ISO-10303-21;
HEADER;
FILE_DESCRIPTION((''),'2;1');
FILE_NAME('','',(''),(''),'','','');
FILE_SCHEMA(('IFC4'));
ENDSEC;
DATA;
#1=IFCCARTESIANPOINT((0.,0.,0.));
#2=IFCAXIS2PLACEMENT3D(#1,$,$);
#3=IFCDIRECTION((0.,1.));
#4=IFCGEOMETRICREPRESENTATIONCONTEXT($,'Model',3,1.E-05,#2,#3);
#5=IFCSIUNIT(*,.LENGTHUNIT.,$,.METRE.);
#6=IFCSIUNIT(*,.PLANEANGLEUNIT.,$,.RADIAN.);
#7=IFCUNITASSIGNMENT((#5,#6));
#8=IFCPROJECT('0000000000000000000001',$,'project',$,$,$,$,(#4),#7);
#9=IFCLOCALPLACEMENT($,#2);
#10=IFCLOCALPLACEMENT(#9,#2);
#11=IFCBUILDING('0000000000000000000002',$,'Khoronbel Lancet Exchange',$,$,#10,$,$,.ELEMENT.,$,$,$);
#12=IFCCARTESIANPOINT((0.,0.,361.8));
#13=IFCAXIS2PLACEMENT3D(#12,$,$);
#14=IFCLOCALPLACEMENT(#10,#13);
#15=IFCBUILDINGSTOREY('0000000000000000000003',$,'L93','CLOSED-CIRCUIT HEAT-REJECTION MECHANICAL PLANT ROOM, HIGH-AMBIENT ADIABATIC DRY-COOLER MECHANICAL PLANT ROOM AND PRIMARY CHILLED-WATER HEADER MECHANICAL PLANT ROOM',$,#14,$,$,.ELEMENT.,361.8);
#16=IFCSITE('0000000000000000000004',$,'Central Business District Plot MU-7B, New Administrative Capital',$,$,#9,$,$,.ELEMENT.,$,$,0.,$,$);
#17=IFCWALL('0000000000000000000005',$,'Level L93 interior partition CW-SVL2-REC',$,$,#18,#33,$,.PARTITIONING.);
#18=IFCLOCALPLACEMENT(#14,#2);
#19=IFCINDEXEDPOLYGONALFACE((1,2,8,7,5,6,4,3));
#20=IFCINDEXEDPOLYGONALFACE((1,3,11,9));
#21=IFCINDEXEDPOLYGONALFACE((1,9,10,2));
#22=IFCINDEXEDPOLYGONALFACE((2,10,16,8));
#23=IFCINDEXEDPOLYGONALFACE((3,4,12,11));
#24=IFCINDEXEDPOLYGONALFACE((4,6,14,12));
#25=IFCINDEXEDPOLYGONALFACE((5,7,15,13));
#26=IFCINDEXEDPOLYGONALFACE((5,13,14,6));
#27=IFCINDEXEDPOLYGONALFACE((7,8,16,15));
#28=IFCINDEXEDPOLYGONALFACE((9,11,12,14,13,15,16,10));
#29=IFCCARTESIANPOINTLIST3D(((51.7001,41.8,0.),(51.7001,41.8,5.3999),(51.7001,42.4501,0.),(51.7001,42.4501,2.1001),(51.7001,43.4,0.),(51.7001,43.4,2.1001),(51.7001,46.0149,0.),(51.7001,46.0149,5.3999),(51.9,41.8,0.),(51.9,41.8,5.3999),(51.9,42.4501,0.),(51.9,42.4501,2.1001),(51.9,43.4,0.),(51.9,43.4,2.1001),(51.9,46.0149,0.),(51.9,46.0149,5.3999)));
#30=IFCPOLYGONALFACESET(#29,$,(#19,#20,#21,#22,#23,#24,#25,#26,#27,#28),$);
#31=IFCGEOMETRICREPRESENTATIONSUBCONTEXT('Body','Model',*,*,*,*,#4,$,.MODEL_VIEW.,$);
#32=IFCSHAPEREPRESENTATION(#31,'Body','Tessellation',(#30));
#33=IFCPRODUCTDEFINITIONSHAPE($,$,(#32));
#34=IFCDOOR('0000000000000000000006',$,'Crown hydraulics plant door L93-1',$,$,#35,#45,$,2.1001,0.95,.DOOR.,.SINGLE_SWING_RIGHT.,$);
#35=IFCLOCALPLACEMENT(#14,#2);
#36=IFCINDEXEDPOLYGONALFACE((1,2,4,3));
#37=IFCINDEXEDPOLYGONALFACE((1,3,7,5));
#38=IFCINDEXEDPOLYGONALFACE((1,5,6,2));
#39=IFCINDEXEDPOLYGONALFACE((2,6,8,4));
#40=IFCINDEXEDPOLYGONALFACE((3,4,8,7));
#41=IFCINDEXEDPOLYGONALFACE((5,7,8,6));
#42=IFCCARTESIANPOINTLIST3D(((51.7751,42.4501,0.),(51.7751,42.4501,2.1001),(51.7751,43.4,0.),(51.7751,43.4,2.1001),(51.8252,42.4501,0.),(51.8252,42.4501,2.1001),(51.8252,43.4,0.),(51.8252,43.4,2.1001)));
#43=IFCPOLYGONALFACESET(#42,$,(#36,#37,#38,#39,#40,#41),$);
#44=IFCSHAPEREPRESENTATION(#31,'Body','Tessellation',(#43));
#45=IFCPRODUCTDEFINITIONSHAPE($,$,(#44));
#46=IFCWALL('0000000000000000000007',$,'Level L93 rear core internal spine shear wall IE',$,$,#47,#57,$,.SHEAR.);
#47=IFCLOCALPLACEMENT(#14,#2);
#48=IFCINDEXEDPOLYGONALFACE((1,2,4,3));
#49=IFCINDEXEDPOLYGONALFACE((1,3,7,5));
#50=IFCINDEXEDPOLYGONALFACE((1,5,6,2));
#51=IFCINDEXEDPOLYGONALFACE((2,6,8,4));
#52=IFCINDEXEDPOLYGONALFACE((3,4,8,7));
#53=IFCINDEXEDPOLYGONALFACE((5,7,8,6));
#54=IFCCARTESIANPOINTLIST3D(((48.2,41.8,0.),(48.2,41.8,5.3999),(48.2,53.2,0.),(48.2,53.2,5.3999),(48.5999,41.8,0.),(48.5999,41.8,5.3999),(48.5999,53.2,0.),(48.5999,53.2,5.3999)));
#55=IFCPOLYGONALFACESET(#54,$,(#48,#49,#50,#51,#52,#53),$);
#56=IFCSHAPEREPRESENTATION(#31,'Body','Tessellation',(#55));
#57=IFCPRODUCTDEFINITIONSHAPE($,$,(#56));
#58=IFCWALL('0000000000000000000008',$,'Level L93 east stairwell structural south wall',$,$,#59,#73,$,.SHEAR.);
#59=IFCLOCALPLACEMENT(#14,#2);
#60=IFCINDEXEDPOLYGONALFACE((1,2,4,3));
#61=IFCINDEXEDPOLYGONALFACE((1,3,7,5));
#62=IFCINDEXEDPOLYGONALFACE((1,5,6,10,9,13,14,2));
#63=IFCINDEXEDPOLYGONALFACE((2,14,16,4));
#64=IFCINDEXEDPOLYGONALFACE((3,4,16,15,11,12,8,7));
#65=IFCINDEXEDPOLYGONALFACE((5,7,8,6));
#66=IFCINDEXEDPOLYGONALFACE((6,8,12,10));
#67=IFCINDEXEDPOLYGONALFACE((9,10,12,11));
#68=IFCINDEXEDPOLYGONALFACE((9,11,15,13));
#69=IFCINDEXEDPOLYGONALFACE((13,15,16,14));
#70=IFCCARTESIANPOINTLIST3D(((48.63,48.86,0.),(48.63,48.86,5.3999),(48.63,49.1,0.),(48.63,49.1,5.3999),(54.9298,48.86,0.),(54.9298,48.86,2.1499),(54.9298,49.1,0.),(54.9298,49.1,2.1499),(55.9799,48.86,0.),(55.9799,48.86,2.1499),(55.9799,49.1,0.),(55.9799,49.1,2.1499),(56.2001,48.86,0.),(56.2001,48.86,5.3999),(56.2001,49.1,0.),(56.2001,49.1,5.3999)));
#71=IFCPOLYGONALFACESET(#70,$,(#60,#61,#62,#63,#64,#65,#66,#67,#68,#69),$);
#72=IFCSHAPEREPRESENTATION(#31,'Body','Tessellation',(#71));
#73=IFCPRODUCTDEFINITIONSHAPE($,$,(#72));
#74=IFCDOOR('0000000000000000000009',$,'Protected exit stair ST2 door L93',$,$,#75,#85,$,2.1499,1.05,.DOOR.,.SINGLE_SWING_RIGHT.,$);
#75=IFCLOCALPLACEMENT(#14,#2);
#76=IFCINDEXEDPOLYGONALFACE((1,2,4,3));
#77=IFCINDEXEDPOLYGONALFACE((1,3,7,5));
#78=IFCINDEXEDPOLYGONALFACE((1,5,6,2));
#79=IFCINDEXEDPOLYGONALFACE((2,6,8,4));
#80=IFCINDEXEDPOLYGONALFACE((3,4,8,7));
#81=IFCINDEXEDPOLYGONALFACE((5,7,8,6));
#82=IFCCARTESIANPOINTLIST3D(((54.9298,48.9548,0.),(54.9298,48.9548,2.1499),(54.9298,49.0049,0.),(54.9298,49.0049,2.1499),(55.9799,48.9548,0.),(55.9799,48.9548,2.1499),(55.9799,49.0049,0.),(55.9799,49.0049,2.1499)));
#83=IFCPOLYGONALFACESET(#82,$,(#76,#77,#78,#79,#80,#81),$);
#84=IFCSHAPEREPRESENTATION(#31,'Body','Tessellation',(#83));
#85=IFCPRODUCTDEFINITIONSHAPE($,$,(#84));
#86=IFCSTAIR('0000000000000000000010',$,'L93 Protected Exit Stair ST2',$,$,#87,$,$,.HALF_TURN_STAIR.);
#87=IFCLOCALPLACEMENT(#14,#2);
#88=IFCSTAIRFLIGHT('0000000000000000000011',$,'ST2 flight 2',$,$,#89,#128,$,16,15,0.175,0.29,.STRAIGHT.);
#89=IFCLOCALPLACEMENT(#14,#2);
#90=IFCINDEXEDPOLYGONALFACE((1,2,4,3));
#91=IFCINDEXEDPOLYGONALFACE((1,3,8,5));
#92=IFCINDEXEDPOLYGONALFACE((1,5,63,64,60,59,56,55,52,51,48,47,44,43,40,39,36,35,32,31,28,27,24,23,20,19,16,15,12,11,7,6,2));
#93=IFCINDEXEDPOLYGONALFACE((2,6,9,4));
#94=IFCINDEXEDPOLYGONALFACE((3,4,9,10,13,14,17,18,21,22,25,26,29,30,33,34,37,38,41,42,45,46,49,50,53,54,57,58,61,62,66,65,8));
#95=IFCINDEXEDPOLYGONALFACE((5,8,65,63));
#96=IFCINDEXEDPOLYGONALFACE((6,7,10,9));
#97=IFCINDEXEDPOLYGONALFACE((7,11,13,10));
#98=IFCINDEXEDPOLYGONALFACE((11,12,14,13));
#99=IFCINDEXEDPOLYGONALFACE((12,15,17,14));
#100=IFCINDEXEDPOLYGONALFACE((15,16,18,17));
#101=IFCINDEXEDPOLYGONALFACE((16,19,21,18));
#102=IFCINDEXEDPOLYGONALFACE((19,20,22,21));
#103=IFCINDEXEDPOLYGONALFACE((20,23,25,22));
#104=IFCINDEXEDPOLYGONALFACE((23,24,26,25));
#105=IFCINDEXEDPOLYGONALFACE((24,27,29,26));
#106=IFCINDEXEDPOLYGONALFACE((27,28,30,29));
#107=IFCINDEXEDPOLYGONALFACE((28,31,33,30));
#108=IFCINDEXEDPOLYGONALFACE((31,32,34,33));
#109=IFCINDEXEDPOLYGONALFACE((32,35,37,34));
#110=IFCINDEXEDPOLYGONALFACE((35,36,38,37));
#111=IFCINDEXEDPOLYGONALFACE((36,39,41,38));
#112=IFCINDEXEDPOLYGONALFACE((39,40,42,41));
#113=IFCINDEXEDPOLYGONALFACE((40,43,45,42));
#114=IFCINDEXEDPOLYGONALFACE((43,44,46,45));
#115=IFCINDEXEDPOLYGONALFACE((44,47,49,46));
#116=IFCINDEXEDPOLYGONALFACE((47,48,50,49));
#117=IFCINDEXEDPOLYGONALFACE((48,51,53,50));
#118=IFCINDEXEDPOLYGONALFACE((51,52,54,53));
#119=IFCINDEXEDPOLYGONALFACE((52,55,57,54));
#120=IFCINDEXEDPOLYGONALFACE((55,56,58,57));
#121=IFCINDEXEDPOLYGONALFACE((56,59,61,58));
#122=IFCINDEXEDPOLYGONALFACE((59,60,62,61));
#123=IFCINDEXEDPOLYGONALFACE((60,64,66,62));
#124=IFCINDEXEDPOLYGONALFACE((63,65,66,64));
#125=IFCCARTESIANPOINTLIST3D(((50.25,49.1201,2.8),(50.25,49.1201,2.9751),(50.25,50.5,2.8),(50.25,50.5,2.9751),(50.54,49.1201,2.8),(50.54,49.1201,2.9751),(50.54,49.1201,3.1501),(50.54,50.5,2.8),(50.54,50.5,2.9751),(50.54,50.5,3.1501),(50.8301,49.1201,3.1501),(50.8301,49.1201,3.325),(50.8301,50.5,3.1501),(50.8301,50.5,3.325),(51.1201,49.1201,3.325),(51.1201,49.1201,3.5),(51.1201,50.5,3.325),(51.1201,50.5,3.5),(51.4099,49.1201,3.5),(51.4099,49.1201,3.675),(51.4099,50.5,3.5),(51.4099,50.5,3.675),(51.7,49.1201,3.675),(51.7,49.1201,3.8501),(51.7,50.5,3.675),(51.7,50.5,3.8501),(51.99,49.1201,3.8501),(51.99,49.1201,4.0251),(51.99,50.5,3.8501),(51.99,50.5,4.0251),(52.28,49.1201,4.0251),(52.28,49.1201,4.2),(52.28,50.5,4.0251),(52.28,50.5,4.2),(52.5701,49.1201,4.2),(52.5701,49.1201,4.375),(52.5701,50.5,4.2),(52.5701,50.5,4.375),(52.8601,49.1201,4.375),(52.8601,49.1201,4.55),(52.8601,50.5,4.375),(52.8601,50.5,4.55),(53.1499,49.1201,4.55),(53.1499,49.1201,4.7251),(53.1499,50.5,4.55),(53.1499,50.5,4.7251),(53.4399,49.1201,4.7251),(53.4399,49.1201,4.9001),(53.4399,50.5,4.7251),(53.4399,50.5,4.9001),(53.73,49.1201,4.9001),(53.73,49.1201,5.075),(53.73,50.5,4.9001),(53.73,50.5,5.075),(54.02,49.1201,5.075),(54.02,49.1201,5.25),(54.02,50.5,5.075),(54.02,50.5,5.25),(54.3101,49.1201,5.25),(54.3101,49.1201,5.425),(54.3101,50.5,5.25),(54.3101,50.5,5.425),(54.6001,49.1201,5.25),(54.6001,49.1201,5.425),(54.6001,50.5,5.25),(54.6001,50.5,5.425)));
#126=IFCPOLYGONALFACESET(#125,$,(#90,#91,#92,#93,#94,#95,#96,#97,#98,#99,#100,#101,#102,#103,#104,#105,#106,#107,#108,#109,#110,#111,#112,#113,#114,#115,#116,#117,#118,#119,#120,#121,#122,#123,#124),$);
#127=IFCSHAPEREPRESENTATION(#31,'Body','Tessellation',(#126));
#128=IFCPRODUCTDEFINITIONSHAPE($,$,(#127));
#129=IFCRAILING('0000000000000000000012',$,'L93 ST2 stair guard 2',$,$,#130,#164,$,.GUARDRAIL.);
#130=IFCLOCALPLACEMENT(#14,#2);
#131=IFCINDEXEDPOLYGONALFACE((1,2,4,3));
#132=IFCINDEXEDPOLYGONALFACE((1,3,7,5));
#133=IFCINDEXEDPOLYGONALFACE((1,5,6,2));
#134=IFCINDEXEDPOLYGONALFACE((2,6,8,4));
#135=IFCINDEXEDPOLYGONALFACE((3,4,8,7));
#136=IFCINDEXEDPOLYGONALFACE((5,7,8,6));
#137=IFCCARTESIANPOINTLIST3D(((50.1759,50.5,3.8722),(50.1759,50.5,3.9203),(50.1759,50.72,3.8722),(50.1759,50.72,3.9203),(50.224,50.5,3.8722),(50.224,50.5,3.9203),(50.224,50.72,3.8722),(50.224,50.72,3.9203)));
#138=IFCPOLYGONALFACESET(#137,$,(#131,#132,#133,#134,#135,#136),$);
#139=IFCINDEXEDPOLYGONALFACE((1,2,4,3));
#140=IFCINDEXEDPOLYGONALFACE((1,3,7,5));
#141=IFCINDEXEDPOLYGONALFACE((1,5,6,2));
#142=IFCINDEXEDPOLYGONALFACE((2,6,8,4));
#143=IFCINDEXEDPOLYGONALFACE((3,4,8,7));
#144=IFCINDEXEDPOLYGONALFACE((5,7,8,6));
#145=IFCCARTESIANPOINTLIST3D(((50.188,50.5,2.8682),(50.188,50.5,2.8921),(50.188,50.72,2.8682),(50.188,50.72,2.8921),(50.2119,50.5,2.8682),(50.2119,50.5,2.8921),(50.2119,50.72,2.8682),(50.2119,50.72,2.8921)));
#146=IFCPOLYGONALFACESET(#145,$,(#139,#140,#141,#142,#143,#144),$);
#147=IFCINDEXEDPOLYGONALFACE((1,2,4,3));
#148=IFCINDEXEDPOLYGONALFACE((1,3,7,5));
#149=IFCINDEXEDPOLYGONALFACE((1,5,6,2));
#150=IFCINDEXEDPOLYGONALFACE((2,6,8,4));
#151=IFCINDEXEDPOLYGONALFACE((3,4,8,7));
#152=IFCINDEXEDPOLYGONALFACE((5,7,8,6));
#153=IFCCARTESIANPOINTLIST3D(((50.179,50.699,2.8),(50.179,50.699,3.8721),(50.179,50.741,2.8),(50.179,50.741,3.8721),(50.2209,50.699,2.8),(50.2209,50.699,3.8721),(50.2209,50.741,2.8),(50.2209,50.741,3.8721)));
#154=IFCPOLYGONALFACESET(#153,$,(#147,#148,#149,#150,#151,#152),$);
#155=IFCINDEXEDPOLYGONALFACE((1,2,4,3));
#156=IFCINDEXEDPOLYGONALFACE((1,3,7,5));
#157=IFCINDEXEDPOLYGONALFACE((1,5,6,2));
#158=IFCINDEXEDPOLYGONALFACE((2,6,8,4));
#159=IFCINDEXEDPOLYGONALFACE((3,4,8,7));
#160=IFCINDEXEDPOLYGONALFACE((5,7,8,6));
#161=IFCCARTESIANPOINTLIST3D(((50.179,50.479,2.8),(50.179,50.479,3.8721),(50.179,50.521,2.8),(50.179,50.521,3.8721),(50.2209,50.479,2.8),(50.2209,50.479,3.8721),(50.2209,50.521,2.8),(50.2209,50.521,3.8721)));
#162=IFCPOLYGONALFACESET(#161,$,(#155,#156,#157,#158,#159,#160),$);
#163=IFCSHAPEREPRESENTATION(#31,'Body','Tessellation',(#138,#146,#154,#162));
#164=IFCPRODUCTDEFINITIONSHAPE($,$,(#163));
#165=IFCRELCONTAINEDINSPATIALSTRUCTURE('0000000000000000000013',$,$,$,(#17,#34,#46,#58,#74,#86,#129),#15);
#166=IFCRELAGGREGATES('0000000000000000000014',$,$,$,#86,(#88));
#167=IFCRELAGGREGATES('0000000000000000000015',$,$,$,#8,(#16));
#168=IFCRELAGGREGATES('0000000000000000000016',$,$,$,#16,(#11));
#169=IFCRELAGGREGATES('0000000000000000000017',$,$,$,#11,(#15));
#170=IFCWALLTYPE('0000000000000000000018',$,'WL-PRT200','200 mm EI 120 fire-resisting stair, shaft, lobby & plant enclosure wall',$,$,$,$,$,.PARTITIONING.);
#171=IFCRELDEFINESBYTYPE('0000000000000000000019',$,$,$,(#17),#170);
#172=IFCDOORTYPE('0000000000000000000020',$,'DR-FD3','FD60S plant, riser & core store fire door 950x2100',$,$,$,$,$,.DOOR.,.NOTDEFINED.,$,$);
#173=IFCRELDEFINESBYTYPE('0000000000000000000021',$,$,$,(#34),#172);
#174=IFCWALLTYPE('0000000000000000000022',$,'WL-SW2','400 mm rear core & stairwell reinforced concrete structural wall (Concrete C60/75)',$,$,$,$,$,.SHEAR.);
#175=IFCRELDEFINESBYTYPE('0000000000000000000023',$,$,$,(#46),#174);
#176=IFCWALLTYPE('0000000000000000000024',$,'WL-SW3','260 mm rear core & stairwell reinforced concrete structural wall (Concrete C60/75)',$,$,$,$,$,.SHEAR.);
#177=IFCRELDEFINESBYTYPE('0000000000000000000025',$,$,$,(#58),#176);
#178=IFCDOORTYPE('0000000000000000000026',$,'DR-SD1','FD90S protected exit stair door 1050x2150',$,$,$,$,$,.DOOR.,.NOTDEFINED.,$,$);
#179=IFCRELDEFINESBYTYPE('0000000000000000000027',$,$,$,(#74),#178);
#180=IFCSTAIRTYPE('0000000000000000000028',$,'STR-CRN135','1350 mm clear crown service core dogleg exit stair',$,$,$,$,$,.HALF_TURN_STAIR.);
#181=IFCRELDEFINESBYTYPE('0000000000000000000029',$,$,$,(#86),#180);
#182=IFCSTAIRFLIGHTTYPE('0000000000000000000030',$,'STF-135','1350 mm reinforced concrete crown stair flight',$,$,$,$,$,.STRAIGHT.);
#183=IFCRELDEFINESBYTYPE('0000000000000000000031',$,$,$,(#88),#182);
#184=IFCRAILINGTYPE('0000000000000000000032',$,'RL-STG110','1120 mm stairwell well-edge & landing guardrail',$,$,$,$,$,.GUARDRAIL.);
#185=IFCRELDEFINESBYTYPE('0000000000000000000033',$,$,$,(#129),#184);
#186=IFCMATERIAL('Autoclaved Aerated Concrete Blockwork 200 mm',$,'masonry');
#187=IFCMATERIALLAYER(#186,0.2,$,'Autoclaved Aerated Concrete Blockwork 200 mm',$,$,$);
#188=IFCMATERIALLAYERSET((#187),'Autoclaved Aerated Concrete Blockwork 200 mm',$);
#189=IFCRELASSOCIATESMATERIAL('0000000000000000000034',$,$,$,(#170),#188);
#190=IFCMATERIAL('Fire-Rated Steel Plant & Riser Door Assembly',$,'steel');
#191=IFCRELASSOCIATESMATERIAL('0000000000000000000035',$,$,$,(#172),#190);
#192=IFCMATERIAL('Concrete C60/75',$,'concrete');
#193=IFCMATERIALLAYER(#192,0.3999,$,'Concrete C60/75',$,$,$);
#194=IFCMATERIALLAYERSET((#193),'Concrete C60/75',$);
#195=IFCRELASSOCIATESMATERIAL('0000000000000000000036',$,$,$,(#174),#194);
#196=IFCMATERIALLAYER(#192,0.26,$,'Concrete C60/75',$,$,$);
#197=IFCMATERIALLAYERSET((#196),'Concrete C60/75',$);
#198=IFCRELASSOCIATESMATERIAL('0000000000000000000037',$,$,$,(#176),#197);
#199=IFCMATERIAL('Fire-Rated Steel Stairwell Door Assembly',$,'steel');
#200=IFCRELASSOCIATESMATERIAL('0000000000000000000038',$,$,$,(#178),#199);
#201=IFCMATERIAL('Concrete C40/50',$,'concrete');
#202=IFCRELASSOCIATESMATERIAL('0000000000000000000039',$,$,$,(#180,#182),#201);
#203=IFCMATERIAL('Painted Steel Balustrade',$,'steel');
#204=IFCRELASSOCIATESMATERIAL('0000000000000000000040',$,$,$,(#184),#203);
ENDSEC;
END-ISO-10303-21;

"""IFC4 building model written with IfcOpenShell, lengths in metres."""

from ifc_helpers import new_model, si_unit, direction, frame, frame_2d, origin, origin_2d, place, context, subcontext, project, spatial, polyline, rectangle, outline, extrude, material, layer, layer_set, type_object, element, fill, aggregate, save


model = new_model("IFC4")

# Units and contexts
model_context = context("Model", 3, precision=1e-05, world=origin(), true_north=direction((0.0, 1.0)))
body_context = subcontext(model_context, "Body", "Model", "MODEL_VIEW")
ifc_project = project(units=[si_unit("LENGTHUNIT", "METRE"), si_unit("PLANEANGLEUNIT", "RADIAN")], contexts=[model_context])

# Site, building, storey
site_placement = place(None, origin())
site = spatial("IfcSite", under=ifc_project, at=site_placement, Name="Central Business District Plot MU-7B, New Administrative Capital", CompositionType="ELEMENT", RefElevation=0.0)
building_placement = place(site_placement, origin())
building = spatial("IfcBuilding", under=site, at=building_placement, Name="Khoronbel Lancet Exchange", CompositionType="ELEMENT")
storey_placement = place(building_placement, frame((0.0, 0.0, 361.8)))
storey = spatial("IfcBuildingStorey", under=building, at=storey_placement, Name="L93", Description="CLOSED-CIRCUIT HEAT-REJECTION MECHANICAL PLANT ROOM, HIGH-AMBIENT ADIABATIC DRY-COOLER MECHANICAL PLANT ROOM AND PRIMARY CHILLED-WATER HEADER MECHANICAL PLANT ROOM", CompositionType="ELEMENT", Elevation=361.8)

# Shared definitions
ifc_material_1 = material(Name="Autoclaved Aerated Concrete Blockwork 200 mm", Category="masonry")
ifc_layer_1 = layer(ifc_material_1, 0.2, Name="Autoclaved Aerated Concrete Blockwork 200 mm")
ifc_layer_set_1 = layer_set([ifc_layer_1], Name="Autoclaved Aerated Concrete Blockwork 200 mm")
wall_type_1 = type_object("IfcWallType", Name="WL-PRT200", Description="200 mm EI 120 fire-resisting stair, shaft, lobby & plant enclosure wall", PredefinedType="PARTITIONING", material=ifc_layer_set_1)

# Wall, opening, door
wall_1_placement = place(storey_placement, frame((51.8, 41.8, 0.0), z_axis=(0.0, 0.0, 1.0), x_axis=(0.0, 1.0, 0.0)))
wall_1 = element("IfcWall", 1, at=wall_1_placement, inside=storey, type_object=wall_type_1, Name="Level L93 interior partition CW-SVL2-REC", PredefinedType="PARTITIONING", context=body_context, shape_type="SweptSolid", body=[
    extrude(rectangle(XDim=4.2148, YDim=0.2, at=frame_2d((2.1074, 0.0))), origin(), (0.0, 0.0, 1.0), 5.3999),
])
opening_1_placement = place(wall_1_placement, frame((0.6499, 0.0, 0.0)))
opening_1 = element("IfcOpeningElement", 2, at=opening_1_placement, cuts=wall_1, PredefinedType="OPENING", context=body_context, shape_type="SweptSolid", body=[
    extrude(rectangle(XDim=0.95, YDim=2.1001, at=frame_2d((0.4751, 1.05))), frame((0.0, 0.1099, 0.0), z_axis=(0.0, -1.0, 0.0), x_axis=(1.0, 0.0, 0.0)), (0.0, 0.0, 1.0), 0.22),
])
ifc_material_2 = material(Name="Fire-Rated Steel Plant & Riser Door Assembly", Category="steel")
door_type_1 = type_object("IfcDoorType", Name="DR-FD3", Description="FD60S plant, riser & core store fire door 950x2100", OperationType="NOTDEFINED", PredefinedType="DOOR", material=ifc_material_2)
door_1_placement = place(opening_1_placement, origin())
door_1 = element("IfcDoor", 3, at=door_1_placement, inside=storey, type_object=door_type_1, Name="Crown hydraulics plant door L93-1", OperationType="SINGLE_SWING_RIGHT", OverallHeight=2.1001, OverallWidth=0.95, PredefinedType="DOOR", context=body_context, shape_type="SweptSolid", body=[
    extrude(rectangle(XDim=0.95, YDim=2.1001, at=frame_2d((0.4751, 1.05))), frame((0.0, 0.0249, 0.0), z_axis=(0.0, -1.0, 0.0), x_axis=(1.0, 0.0, 0.0)), (0.0, 0.0, 1.0), 0.05),
])
fill(opening_1, door_1)

# Wall
ifc_material_3 = material(Name="Concrete C60/75", Category="concrete")
ifc_layer_2 = layer(ifc_material_3, 0.3999, Name="Concrete C60/75")
ifc_layer_set_2 = layer_set([ifc_layer_2], Name="Concrete C60/75")
wall_type_2 = type_object("IfcWallType", Name="WL-SW2", Description="400 mm rear core & stairwell reinforced concrete structural wall (Concrete C60/75)", PredefinedType="SHEAR", material=ifc_layer_set_2)
wall_2_placement = place(storey_placement, frame((48.3999, 41.8, 0.0), z_axis=(0.0, 0.0, 1.0), x_axis=(0.0, 1.0, 0.0)))
element("IfcWall", 4, at=wall_2_placement, inside=storey, type_object=wall_type_2, Name="Level L93 rear core internal spine shear wall IE", PredefinedType="SHEAR", context=body_context, shape_type="SweptSolid", body=[
    extrude(rectangle(XDim=11.3999, YDim=0.3999, at=frame_2d((5.7, 0.0))), origin(), (0.0, 0.0, 1.0), 5.3999),
])

# Wall, opening, door
ifc_layer_3 = layer(ifc_material_3, 0.26, Name="Concrete C60/75")
ifc_layer_set_3 = layer_set([ifc_layer_3], Name="Concrete C60/75")
wall_type_3 = type_object("IfcWallType", Name="WL-SW3", Description="260 mm rear core & stairwell reinforced concrete structural wall (Concrete C60/75)", PredefinedType="SHEAR", material=ifc_layer_set_3)
wall_3_placement = place(storey_placement, frame((48.6299, 48.98, 0.0), z_axis=(0.0, 0.0, 1.0), x_axis=(1.0, 0.0, 0.0)))
wall_3 = element("IfcWall", 5, at=wall_3_placement, inside=storey, type_object=wall_type_3, Name="Level L93 east stairwell structural south wall", PredefinedType="SHEAR", context=body_context, shape_type="SweptSolid", body=[
    extrude(rectangle(XDim=7.5701, YDim=0.24, at=frame_2d((3.7852, 0.0))), origin(), (0.0, 0.0, 1.0), 5.3999),
])
opening_2_placement = place(wall_3_placement, frame((6.3, 0.0, 0.0)))
opening_2 = element("IfcOpeningElement", 6, at=opening_2_placement, cuts=wall_3, PredefinedType="OPENING", context=body_context, shape_type="SweptSolid", body=[
    extrude(rectangle(XDim=1.05, YDim=2.1499, at=frame_2d((0.5249, 1.075))), frame((0.0, 0.1299, 0.0), z_axis=(0.0, -1.0, 0.0), x_axis=(1.0, 0.0, 0.0)), (0.0, 0.0, 1.0), 0.26),
])
ifc_material_4 = material(Name="Fire-Rated Steel Stairwell Door Assembly", Category="steel")
door_type_2 = type_object("IfcDoorType", Name="DR-SD1", Description="FD90S protected exit stair door 1050x2150", OperationType="NOTDEFINED", PredefinedType="DOOR", material=ifc_material_4)
door_2_placement = place(opening_2_placement, origin())
door_2 = element("IfcDoor", 7, at=door_2_placement, inside=storey, type_object=door_type_2, Name="Protected exit stair ST2 door L93", OperationType="SINGLE_SWING_RIGHT", OverallHeight=2.1499, OverallWidth=1.05, PredefinedType="DOOR", context=body_context, shape_type="SweptSolid", body=[
    extrude(rectangle(XDim=1.05, YDim=2.1499, at=frame_2d((0.5249, 1.075))), frame((0.0, 0.0249, 0.0), z_axis=(0.0, -1.0, 0.0), x_axis=(1.0, 0.0, 0.0)), (0.0, 0.0, 1.0), 0.05),
])
fill(opening_2, door_2)

# Stair, stair flight
ifc_material_5 = material(Name="Concrete C40/50", Category="concrete")
stair_type = type_object("IfcStairType", Name="STR-CRN135", Description="1350 mm clear crown service core dogleg exit stair", PredefinedType="HALF_TURN_STAIR", material=ifc_material_5)
stair_placement = place(storey_placement, origin())
stair = element("IfcStair", 8, at=stair_placement, inside=storey, type_object=stair_type, Name="L93 Protected Exit Stair ST2", PredefinedType="HALF_TURN_STAIR")
stair_flight_type = type_object("IfcStairFlightType", Name="STF-135", Description="1350 mm reinforced concrete crown stair flight", PredefinedType="STRAIGHT", material=ifc_material_5)
stair_flight_placement = place(storey_placement, frame((50.25, 49.8101, 2.8), z_axis=(0.0, 0.0, 1.0), x_axis=(1.0, 0.0, 0.0)))
stair_flight = element("IfcStairFlight", 9, at=stair_flight_placement, type_object=stair_flight_type, Name="ST2 flight 2", NumberOfRisers=16, NumberOfTreads=15, PredefinedType="STRAIGHT", RiserHeight=0.175, TreadLength=0.29, context=body_context, shape_type="SweptSolid", body=[
    extrude(outline(polyline([(0.0, 0.0), (0.0, 0.175), (0.29, 0.175), (0.29, 0.3501), (0.5801, 0.3501), (0.5801, 0.5249), (0.8701, 0.5249), (0.8701, 0.7), (1.1599, 0.7), (1.1599, 0.875), (1.45, 0.875), (1.45, 1.05), (1.74, 1.05), (1.74, 1.2251), (2.03, 1.2251), (2.03, 1.3999), (2.3201, 1.3999), (2.3201, 1.575), (2.6101, 1.575), (2.6101, 1.75), (2.8999, 1.75), (2.8999, 1.925), (3.1899, 1.925), (3.1899, 2.1001), (3.48, 2.1001), (3.48, 2.2749), (3.77, 2.2749), (3.77, 2.45), (4.0601, 2.45), (4.0601, 2.625), (4.3501, 2.625), (4.3501, 2.8), (4.3501, 2.45), (0.29, 0.0), (0.0, 0.0)])), frame((0.0, 0.6899, 0.0), z_axis=(0.0, -1.0, 0.0), x_axis=(1.0, 0.0, 0.0)), (0.0, 0.0, 1.0), 1.3799),
])
aggregate(stair, [stair_flight])

# Railing
ifc_material_6 = material(Name="Painted Steel Balustrade", Category="steel")
railing_type_1 = type_object("IfcRailingType", Name="RL-STG110", Description="1120 mm stairwell well-edge & landing guardrail", PredefinedType="GUARDRAIL", material=ifc_material_6)
railing_1_placement = place(storey_placement, frame((50.2, 50.72, 2.8)))
element("IfcRailing", 10, at=railing_1_placement, inside=storey, type_object=railing_type_1, Name="L93 ST2 stair guard 2", PredefinedType="GUARDRAIL", context=body_context, shape_type="SweptSolid", body=[
    extrude(rectangle(XDim=0.0481, YDim=0.0481, at=origin_2d()), frame((0.0, 0.0, 1.0962), z_axis=(0.0, -1.0, 0.0), x_axis=(1.0, 0.0, 0.0)), (0.0, 0.0, 1.0), 0.22),
    extrude(rectangle(XDim=0.0239, YDim=0.0239, at=origin_2d()), frame((0.0, 0.0, 0.0801), z_axis=(0.0, -1.0, 0.0), x_axis=(1.0, 0.0, 0.0)), (0.0, 0.0, 1.0), 0.22),
    extrude(rectangle(XDim=0.042, YDim=0.042, at=origin_2d()), origin(), (0.0, 0.0, 1.0), 1.072),
    extrude(rectangle(XDim=0.042, YDim=0.042, at=origin_2d()), frame((0.0, -0.22, 0.0)), (0.0, 0.0, 1.0), 1.072),
])

save(model, "model.ifc")
